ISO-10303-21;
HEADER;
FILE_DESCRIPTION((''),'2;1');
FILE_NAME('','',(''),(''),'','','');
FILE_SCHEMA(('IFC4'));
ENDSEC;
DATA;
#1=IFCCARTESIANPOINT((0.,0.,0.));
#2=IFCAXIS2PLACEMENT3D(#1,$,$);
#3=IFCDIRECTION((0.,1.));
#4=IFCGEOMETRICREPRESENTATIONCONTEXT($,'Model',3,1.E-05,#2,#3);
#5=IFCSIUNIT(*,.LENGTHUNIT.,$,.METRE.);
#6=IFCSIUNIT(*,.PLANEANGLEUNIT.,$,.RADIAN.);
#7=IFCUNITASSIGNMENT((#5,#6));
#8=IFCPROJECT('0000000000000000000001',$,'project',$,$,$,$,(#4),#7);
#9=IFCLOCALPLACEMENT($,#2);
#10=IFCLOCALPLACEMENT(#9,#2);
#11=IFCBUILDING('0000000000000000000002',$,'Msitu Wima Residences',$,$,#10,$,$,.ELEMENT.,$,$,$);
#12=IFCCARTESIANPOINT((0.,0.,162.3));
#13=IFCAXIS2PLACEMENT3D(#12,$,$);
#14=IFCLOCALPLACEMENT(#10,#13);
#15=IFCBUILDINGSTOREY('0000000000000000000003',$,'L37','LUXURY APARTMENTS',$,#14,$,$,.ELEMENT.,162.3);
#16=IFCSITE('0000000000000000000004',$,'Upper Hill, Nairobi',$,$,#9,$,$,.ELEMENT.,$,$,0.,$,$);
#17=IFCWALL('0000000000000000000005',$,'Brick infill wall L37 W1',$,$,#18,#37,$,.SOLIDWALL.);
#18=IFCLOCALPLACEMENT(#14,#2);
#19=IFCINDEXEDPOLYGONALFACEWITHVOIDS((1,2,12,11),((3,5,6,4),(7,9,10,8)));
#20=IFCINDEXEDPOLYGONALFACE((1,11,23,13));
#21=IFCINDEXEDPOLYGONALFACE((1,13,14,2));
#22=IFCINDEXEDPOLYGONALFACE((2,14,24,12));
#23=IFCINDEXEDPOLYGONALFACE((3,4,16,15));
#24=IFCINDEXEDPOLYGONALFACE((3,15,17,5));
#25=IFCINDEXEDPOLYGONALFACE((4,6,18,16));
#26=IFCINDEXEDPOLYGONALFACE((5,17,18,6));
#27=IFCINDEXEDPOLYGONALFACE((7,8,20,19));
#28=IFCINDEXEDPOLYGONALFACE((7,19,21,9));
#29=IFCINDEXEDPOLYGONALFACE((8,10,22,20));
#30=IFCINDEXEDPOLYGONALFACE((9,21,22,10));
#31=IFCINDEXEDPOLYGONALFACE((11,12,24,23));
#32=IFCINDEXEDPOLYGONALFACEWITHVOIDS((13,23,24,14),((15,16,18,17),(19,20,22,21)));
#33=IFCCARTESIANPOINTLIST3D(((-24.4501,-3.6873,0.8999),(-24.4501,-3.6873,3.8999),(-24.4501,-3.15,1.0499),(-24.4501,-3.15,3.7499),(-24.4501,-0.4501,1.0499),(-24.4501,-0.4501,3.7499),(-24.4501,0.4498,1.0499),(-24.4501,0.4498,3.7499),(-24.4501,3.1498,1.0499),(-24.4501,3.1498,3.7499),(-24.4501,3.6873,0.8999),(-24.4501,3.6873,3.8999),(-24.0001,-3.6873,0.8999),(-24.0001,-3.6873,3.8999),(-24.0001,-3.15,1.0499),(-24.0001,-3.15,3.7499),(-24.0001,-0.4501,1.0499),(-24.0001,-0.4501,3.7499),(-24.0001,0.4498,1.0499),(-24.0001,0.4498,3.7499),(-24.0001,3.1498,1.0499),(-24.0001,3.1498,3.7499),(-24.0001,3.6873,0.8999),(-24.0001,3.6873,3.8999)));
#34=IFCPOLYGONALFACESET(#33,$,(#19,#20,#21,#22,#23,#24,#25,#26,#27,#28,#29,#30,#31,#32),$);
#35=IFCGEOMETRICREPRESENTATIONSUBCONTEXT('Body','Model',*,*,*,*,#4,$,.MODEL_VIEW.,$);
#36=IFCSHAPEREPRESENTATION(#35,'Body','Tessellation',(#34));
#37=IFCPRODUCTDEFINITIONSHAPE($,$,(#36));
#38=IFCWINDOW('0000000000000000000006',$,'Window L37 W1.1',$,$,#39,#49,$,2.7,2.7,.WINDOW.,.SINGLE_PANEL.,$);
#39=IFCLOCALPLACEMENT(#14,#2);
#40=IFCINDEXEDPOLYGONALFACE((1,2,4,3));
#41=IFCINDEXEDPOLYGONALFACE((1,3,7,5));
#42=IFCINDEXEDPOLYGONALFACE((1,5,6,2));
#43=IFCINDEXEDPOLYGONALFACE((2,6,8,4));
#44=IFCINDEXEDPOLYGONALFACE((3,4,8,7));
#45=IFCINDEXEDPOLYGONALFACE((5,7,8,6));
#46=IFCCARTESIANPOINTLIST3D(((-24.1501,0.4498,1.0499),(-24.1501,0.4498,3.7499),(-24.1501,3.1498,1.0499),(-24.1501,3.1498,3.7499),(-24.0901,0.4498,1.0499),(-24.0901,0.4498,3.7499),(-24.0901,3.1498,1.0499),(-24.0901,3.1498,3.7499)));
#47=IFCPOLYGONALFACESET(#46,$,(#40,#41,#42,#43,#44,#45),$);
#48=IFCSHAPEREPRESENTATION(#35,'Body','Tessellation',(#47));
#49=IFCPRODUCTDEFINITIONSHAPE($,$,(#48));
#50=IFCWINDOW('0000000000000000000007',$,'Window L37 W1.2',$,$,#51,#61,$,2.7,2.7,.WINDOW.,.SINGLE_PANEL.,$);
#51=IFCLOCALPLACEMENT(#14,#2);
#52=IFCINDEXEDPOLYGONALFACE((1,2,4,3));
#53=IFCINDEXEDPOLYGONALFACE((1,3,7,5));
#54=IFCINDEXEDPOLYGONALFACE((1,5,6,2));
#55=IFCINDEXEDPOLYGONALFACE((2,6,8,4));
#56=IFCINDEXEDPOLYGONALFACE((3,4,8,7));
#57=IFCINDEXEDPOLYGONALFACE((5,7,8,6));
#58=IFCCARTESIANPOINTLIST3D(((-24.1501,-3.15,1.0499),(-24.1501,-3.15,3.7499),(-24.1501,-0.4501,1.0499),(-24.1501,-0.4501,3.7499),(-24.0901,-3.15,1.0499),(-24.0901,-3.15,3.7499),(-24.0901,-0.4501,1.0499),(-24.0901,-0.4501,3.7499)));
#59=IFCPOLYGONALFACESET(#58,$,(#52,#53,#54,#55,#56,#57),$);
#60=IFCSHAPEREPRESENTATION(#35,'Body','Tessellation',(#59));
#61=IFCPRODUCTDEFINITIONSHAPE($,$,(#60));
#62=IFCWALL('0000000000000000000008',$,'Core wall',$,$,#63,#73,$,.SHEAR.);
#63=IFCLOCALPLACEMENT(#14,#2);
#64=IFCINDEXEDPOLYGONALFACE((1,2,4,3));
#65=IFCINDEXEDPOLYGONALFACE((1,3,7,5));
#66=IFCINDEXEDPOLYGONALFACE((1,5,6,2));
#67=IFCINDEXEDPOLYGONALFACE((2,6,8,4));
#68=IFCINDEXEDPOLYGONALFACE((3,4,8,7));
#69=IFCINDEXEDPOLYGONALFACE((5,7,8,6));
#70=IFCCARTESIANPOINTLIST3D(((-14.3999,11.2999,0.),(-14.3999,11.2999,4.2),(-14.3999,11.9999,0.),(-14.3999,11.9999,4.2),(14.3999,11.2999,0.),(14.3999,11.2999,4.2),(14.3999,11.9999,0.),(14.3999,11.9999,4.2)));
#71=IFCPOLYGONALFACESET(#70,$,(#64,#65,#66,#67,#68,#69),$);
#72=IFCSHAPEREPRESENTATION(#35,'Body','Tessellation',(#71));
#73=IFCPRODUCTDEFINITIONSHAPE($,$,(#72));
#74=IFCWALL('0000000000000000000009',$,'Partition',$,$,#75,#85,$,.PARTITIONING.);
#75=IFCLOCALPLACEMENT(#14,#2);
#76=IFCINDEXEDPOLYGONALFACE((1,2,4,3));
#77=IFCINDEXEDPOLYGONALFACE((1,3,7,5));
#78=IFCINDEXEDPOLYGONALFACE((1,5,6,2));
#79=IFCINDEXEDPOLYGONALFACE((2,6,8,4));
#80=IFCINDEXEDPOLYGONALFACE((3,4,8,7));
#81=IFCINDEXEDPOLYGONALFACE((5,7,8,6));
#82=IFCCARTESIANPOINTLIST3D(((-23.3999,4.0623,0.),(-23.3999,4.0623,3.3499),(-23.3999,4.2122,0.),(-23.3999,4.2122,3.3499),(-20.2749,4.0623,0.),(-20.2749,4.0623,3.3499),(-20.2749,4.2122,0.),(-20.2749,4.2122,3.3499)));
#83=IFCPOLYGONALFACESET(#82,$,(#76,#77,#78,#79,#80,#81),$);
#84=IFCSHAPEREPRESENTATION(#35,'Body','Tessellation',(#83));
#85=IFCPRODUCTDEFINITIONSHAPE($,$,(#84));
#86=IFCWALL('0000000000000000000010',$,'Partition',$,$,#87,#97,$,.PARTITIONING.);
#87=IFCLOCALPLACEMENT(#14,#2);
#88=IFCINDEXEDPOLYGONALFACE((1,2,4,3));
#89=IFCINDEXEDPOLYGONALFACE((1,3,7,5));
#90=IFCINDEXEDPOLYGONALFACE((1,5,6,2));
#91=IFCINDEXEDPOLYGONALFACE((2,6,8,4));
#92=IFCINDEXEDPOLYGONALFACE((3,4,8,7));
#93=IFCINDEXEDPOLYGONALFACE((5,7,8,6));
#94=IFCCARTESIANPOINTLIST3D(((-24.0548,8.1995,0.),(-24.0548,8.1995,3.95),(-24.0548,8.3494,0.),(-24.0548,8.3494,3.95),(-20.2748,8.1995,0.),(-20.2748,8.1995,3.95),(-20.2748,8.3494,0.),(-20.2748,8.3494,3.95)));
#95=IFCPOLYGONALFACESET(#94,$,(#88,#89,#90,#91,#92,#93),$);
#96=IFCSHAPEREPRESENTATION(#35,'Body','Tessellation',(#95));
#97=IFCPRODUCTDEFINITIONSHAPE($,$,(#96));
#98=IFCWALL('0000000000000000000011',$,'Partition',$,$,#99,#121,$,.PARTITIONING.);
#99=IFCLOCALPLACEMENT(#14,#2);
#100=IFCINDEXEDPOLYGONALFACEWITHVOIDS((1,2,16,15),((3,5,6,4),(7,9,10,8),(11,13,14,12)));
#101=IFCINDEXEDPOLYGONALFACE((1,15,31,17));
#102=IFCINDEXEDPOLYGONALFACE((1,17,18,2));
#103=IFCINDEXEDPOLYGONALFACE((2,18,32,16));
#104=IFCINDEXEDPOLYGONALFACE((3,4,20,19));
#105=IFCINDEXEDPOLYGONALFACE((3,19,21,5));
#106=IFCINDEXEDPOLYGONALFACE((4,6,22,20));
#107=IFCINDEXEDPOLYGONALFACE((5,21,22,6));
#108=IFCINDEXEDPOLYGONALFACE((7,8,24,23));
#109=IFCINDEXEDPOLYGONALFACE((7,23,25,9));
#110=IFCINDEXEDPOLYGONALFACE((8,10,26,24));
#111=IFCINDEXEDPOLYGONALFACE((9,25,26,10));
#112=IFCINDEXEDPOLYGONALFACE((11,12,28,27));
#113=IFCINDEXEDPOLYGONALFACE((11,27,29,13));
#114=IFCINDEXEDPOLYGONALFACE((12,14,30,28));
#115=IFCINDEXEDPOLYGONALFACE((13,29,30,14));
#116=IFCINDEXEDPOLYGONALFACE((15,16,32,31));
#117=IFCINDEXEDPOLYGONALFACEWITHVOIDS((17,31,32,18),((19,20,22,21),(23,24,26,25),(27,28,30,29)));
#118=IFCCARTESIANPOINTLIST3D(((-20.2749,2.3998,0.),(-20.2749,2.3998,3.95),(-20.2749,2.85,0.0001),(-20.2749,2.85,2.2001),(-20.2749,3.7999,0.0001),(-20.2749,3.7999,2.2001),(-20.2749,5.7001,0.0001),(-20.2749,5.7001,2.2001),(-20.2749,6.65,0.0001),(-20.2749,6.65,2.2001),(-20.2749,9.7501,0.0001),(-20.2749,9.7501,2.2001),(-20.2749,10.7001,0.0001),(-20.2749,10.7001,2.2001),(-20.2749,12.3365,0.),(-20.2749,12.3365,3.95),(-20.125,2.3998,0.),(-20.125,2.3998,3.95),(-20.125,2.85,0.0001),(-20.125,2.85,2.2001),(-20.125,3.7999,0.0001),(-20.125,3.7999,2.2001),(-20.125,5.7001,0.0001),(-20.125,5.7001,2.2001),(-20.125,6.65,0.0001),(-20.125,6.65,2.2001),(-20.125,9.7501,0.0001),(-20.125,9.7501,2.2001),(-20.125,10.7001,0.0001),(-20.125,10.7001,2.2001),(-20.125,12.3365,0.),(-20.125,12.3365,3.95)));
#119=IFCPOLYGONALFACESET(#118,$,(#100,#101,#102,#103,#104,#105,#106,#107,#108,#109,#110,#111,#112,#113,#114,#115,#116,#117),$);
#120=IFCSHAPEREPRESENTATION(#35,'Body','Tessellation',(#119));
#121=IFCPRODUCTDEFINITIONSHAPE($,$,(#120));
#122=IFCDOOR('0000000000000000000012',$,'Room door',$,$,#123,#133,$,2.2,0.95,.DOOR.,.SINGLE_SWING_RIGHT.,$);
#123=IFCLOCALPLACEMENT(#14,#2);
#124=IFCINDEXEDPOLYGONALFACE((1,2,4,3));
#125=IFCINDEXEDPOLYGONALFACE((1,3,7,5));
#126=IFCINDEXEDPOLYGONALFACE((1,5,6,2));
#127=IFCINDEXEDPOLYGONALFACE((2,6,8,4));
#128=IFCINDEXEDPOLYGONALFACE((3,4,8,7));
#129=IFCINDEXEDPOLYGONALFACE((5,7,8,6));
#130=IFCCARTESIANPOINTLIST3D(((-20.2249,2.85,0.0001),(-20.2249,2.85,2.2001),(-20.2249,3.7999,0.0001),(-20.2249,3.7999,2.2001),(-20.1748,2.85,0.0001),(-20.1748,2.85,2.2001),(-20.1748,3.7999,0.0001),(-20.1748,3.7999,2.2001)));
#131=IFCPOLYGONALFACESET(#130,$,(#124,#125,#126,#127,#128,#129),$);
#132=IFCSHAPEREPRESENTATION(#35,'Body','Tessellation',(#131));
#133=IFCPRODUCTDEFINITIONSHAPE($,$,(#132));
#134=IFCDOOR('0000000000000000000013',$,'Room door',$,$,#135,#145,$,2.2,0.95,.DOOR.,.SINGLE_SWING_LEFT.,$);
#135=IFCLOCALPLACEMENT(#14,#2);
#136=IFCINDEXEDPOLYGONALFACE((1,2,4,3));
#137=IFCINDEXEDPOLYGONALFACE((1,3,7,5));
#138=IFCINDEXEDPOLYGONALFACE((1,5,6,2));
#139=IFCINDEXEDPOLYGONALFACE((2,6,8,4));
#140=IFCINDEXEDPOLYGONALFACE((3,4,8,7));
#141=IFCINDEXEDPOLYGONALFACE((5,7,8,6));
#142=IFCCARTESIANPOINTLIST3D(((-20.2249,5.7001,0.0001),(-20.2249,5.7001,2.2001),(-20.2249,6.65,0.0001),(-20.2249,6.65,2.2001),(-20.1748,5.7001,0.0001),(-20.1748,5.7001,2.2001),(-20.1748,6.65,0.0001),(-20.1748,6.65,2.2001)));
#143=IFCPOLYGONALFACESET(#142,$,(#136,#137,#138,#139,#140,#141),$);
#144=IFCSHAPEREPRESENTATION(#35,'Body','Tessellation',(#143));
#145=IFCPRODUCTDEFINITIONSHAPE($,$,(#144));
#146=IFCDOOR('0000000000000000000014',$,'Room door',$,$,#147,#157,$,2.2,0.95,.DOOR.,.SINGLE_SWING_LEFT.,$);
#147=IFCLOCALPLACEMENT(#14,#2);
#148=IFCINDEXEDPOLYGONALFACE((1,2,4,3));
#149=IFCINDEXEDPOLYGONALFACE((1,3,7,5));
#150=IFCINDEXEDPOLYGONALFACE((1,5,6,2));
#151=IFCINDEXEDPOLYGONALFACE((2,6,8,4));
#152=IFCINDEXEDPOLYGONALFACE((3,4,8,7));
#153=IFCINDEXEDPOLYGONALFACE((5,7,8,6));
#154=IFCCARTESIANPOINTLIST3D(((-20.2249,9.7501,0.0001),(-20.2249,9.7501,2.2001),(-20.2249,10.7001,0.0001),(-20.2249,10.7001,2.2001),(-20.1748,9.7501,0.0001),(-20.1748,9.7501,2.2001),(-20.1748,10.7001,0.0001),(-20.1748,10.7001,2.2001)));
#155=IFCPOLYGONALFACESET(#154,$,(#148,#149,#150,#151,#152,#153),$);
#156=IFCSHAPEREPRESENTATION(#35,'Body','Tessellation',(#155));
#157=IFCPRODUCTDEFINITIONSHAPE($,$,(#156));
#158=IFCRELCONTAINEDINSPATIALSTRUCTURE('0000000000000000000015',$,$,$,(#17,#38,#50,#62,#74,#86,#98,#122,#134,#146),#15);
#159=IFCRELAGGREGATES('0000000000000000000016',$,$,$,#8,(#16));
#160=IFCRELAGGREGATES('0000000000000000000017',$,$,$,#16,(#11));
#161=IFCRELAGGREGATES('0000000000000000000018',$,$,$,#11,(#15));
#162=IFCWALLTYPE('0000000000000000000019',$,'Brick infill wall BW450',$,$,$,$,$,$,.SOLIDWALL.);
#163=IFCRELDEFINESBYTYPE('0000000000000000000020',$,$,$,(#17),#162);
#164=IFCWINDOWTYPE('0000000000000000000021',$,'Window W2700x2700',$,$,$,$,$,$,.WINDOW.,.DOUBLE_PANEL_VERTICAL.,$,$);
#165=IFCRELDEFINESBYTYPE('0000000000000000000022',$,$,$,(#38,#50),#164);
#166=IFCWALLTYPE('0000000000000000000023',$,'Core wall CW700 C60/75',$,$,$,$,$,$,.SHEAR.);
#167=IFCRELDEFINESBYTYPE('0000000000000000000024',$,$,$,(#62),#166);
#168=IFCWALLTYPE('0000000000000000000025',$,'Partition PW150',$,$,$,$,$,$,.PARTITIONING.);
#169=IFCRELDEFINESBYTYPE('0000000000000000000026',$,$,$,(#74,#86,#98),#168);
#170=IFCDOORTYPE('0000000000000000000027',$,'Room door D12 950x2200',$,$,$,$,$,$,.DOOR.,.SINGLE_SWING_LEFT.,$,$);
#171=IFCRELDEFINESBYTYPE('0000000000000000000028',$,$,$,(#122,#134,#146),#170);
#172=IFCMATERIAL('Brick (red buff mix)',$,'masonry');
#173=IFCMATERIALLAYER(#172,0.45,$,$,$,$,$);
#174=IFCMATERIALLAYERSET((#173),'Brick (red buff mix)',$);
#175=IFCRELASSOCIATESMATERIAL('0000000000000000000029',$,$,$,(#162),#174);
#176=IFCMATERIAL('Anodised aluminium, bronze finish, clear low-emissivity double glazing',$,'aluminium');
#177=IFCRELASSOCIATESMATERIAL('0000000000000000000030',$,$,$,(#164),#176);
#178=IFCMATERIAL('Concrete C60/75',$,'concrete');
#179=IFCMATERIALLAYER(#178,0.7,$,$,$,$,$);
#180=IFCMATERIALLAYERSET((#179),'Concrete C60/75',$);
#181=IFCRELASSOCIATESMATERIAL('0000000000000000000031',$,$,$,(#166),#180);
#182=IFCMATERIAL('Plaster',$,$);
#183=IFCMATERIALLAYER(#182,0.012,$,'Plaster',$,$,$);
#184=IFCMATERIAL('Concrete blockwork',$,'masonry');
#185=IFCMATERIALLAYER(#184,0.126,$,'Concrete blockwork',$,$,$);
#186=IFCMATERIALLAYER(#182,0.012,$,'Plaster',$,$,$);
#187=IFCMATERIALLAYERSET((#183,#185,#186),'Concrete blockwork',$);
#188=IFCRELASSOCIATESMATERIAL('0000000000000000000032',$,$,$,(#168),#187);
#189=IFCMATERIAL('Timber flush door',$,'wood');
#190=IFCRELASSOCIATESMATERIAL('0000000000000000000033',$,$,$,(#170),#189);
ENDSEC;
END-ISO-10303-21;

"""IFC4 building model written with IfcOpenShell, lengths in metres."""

from ifc_helpers import new_model, si_unit, direction, frame, frame_2d, origin, place, context, subcontext, project, spatial, rectangle, extrude, material, layer, layer_set, type_object, element, fill, save


model = new_model("IFC4")

# Units and contexts
model_context = context("Model", 3, precision=1e-05, world=origin(), true_north=direction((0.0, 1.0)))
body_context = subcontext(model_context, "Body", "Model", "MODEL_VIEW")
ifc_project = project(units=[si_unit("LENGTHUNIT", "METRE"), si_unit("PLANEANGLEUNIT", "RADIAN")], contexts=[model_context])

# Site, building, storey
site_placement = place(None, origin())
site = spatial("IfcSite", under=ifc_project, at=site_placement, Name="Upper Hill, Nairobi", CompositionType="ELEMENT", RefElevation=0.0)
building_placement = place(site_placement, origin())
building = spatial("IfcBuilding", under=site, at=building_placement, Name="Msitu Wima Residences", CompositionType="ELEMENT")
storey_placement = place(building_placement, frame((0.0, 0.0, 162.3)))
storey = spatial("IfcBuildingStorey", under=building, at=storey_placement, Name="L37", Description="LUXURY APARTMENTS", CompositionType="ELEMENT", Elevation=162.3)

# Shared definitions
ifc_material_1 = material(Name="Concrete C60/75", Category="concrete")

# Shared definitions
ifc_material_2 = material(Name="Brick (red buff mix)", Category="masonry")
ifc_layer_1 = layer(ifc_material_2, 0.45)
ifc_layer_set_1 = layer_set([ifc_layer_1], Name="Brick (red buff mix)")
wall_type_1 = type_object("IfcWallType", Name="Brick infill wall BW450", PredefinedType="SOLIDWALL", material=ifc_layer_set_1)
ifc_material_3 = material(Name="Anodised aluminium, bronze finish, clear low-emissivity double glazing", Category="aluminium")
window_type = type_object("IfcWindowType", Name="Window W2700x2700", PartitioningType="DOUBLE_PANEL_VERTICAL", PredefinedType="WINDOW", material=ifc_material_3)

# Wall, openings, windows
wall_1_placement = place(storey_placement, frame((-24.2251, 3.6873, 0.8999), z_axis=(0.0, 0.0, 1.0), x_axis=(0.0, -1.0, 0.0)))
wall_1 = element("IfcWall", 1, at=wall_1_placement, inside=storey, type_object=wall_type_1, Name="Brick infill wall L37 W1", PredefinedType="SOLIDWALL", context=body_context, shape_type="SweptSolid", body=[
    extrude(rectangle(XDim=7.3745, YDim=0.45, at=frame_2d((3.6873, 0.0))), origin(), (0.0, 0.0, 1.0), 3.0),
])
opening_1_placement = place(wall_1_placement, frame((0.5374, 0.0, 0.1499)))
opening_1 = element("IfcOpeningElement", 2, at=opening_1_placement, cuts=wall_1, PredefinedType="OPENING", context=body_context, shape_type="SweptSolid", body=[
    extrude(rectangle(XDim=2.7, YDim=2.7, at=frame_2d((1.3501, 1.3501))), frame((0.0, 0.2349, 0.0), z_axis=(0.0, -1.0, 0.0), x_axis=(1.0, 0.0, 0.0)), (0.0, 0.0, 1.0), 0.47),
])
opening_2_placement = place(wall_1_placement, frame((4.1372, 0.0, 0.1499)))
opening_2 = element("IfcOpeningElement", 3, at=opening_2_placement, cuts=wall_1, PredefinedType="OPENING", context=body_context, shape_type="SweptSolid", body=[
    extrude(rectangle(XDim=2.7, YDim=2.7, at=frame_2d((1.3501, 1.3501))), frame((0.0, 0.2349, 0.0), z_axis=(0.0, -1.0, 0.0), x_axis=(1.0, 0.0, 0.0)), (0.0, 0.0, 1.0), 0.47),
])
window_1_placement = place(opening_1_placement, origin())
window_1 = element("IfcWindow", 4, at=window_1_placement, inside=storey, type_object=window_type, Name="Window L37 W1.1", OverallHeight=2.7, OverallWidth=2.7, PartitioningType="SINGLE_PANEL", PredefinedType="WINDOW", context=body_context, shape_type="SweptSolid", body=[
    extrude(rectangle(XDim=2.7, YDim=2.7, at=frame_2d((1.3501, 1.3501))), frame((0.0, 0.135, 0.0), z_axis=(0.0, -1.0, 0.0), x_axis=(1.0, 0.0, 0.0)), (0.0, 0.0, 1.0), 0.0601),
])
fill(opening_1, window_1)
window_2_placement = place(opening_2_placement, origin())
window_2 = element("IfcWindow", 5, at=window_2_placement, inside=storey, type_object=window_type, Name="Window L37 W1.2", OverallHeight=2.7, OverallWidth=2.7, PartitioningType="SINGLE_PANEL", PredefinedType="WINDOW", context=body_context, shape_type="SweptSolid", body=[
    extrude(rectangle(XDim=2.7, YDim=2.7, at=frame_2d((1.3501, 1.3501))), frame((0.0, 0.135, 0.0), z_axis=(0.0, -1.0, 0.0), x_axis=(1.0, 0.0, 0.0)), (0.0, 0.0, 1.0), 0.0601),
])
fill(opening_2, window_2)

# Walls
ifc_layer_2 = layer(ifc_material_1, 0.7)
ifc_layer_set_2 = layer_set([ifc_layer_2], Name="Concrete C60/75")
wall_type_2 = type_object("IfcWallType", Name="Core wall CW700 C60/75", PredefinedType="SHEAR", material=ifc_layer_set_2)
wall_2_placement = place(storey_placement, frame((-14.3999, 11.6499, 0.0), z_axis=(0.0, 0.0, 1.0), x_axis=(1.0, 0.0, 0.0)))
element("IfcWall", 6, at=wall_2_placement, inside=storey, type_object=wall_type_2, Name="Core wall", PredefinedType="SHEAR", context=body_context, shape_type="SweptSolid", body=[
    extrude(rectangle(XDim=28.7998, YDim=0.7, at=frame_2d((14.3999, 0.0))), origin(), (0.0, 0.0, 1.0), 4.2),
])
ifc_material_4 = material(Name="Plaster")
ifc_layer_3 = layer(ifc_material_4, 0.012, Name="Plaster")
ifc_material_5 = material(Name="Concrete blockwork", Category="masonry")
ifc_layer_4 = layer(ifc_material_5, 0.126, Name="Concrete blockwork")
ifc_layer_5 = layer(ifc_material_4, 0.012, Name="Plaster")
ifc_layer_set_3 = layer_set([ifc_layer_3, ifc_layer_4, ifc_layer_5], Name="Concrete blockwork")
wall_type_3 = type_object("IfcWallType", Name="Partition PW150", PredefinedType="PARTITIONING", material=ifc_layer_set_3)
wall_3_placement = place(storey_placement, frame((-23.3999, 4.1372, 0.0), z_axis=(0.0, 0.0, 1.0), x_axis=(1.0, 0.0, 0.0)))
element("IfcWall", 7, at=wall_3_placement, inside=storey, type_object=wall_type_3, Name="Partition", PredefinedType="PARTITIONING", context=body_context, shape_type="SweptSolid", body=[
    extrude(rectangle(XDim=3.125, YDim=0.1499, at=frame_2d((1.5625, 0.0))), origin(), (0.0, 0.0, 1.0), 3.3499),
])
wall_4_placement = place(storey_placement, frame((-24.0549, 8.2744, 0.0), z_axis=(0.0, 0.0, 1.0), x_axis=(1.0, 0.0, 0.0)))
element("IfcWall", 8, at=wall_4_placement, inside=storey, type_object=wall_type_3, Name="Partition", PredefinedType="PARTITIONING", context=body_context, shape_type="SweptSolid", body=[
    extrude(rectangle(XDim=3.78, YDim=0.1499, at=frame_2d((1.8901, 0.0))), origin(), (0.0, 0.0, 1.0), 3.95),
])

# Wall, openings, doors
wall_5_placement = place(storey_placement, frame((-20.2, 2.3999, 0.0), z_axis=(0.0, 0.0, 1.0), x_axis=(0.0, 1.0, 0.0)))
wall_5 = element("IfcWall", 9, at=wall_5_placement, inside=storey, type_object=wall_type_3, Name="Partition", PredefinedType="PARTITIONING", context=body_context, shape_type="SweptSolid", body=[
    extrude(rectangle(XDim=9.9368, YDim=0.1499, at=frame_2d((4.9683, 0.0))), origin(), (0.0, 0.0, 1.0), 3.95),
])
opening_3_placement = place(wall_5_placement, frame((0.45, 0.0, 0.0)))
opening_3 = element("IfcOpeningElement", 10, at=opening_3_placement, cuts=wall_5, PredefinedType="OPENING", context=body_context, shape_type="SweptSolid", body=[
    extrude(rectangle(XDim=0.95, YDim=2.2, at=frame_2d((0.4751, 1.1001))), frame((0.0, 0.085, 0.0), z_axis=(0.0, -1.0, 0.0), x_axis=(1.0, 0.0, 0.0)), (0.0, 0.0, 1.0), 0.1699),
])
opening_4_placement = place(wall_5_placement, frame((3.3, 0.0, 0.0)))
opening_4 = element("IfcOpeningElement", 11, at=opening_4_placement, cuts=wall_5, PredefinedType="OPENING", context=body_context, shape_type="SweptSolid", body=[
    extrude(rectangle(XDim=0.95, YDim=2.2, at=frame_2d((0.4751, 1.1001))), frame((0.0, 0.085, 0.0), z_axis=(0.0, -1.0, 0.0), x_axis=(1.0, 0.0, 0.0)), (0.0, 0.0, 1.0), 0.1699),
])
opening_5_placement = place(wall_5_placement, frame((7.3501, 0.0, 0.0)))
opening_5 = element("IfcOpeningElement", 12, at=opening_5_placement, cuts=wall_5, PredefinedType="OPENING", context=body_context, shape_type="SweptSolid", body=[
    extrude(rectangle(XDim=0.95, YDim=2.2, at=frame_2d((0.4751, 1.1001))), frame((0.0, 0.085, 0.0), z_axis=(0.0, -1.0, 0.0), x_axis=(1.0, 0.0, 0.0)), (0.0, 0.0, 1.0), 0.1699),
])
ifc_material_6 = material(Name="Timber flush door", Category="wood")
door_type_1 = type_object("IfcDoorType", Name="Room door D12 950x2200", OperationType="SINGLE_SWING_LEFT", PredefinedType="DOOR", material=ifc_material_6)
door_1_placement = place(opening_3_placement, origin())
door_1 = element("IfcDoor", 13, at=door_1_placement, inside=storey, type_object=door_type_1, Name="Room door", OperationType="SINGLE_SWING_RIGHT", OverallHeight=2.2, OverallWidth=0.95, PredefinedType="DOOR", context=body_context, shape_type="SweptSolid", body=[
    extrude(rectangle(XDim=0.95, YDim=2.2, at=frame_2d((0.4751, 1.1001))), frame((0.0, 0.0249, 0.0), z_axis=(0.0, -1.0, 0.0), x_axis=(1.0, 0.0, 0.0)), (0.0, 0.0, 1.0), 0.05),
])
fill(opening_3, door_1)
door_2_placement = place(opening_4_placement, origin())
door_2 = element("IfcDoor", 14, at=door_2_placement, inside=storey, type_object=door_type_1, Name="Room door", OperationType="SINGLE_SWING_LEFT", OverallHeight=2.2, OverallWidth=0.95, PredefinedType="DOOR", context=body_context, shape_type="SweptSolid", body=[
    extrude(rectangle(XDim=0.95, YDim=2.2, at=frame_2d((0.4751, 1.1001))), frame((0.0, 0.0249, 0.0), z_axis=(0.0, -1.0, 0.0), x_axis=(1.0, 0.0, 0.0)), (0.0, 0.0, 1.0), 0.05),
])
fill(opening_4, door_2)
door_3_placement = place(opening_5_placement, origin())
door_3 = element("IfcDoor", 15, at=door_3_placement, inside=storey, type_object=door_type_1, Name="Room door", OperationType="SINGLE_SWING_LEFT", OverallHeight=2.2, OverallWidth=0.95, PredefinedType="DOOR", context=body_context, shape_type="SweptSolid", body=[
    extrude(rectangle(XDim=0.95, YDim=2.2, at=frame_2d((0.4751, 1.1001))), frame((0.0, 0.0249, 0.0), z_axis=(0.0, -1.0, 0.0), x_axis=(1.0, 0.0, 0.0)), (0.0, 0.0, 1.0), 0.05),
])
fill(opening_5, door_3)

save(model, "model.ifc")
